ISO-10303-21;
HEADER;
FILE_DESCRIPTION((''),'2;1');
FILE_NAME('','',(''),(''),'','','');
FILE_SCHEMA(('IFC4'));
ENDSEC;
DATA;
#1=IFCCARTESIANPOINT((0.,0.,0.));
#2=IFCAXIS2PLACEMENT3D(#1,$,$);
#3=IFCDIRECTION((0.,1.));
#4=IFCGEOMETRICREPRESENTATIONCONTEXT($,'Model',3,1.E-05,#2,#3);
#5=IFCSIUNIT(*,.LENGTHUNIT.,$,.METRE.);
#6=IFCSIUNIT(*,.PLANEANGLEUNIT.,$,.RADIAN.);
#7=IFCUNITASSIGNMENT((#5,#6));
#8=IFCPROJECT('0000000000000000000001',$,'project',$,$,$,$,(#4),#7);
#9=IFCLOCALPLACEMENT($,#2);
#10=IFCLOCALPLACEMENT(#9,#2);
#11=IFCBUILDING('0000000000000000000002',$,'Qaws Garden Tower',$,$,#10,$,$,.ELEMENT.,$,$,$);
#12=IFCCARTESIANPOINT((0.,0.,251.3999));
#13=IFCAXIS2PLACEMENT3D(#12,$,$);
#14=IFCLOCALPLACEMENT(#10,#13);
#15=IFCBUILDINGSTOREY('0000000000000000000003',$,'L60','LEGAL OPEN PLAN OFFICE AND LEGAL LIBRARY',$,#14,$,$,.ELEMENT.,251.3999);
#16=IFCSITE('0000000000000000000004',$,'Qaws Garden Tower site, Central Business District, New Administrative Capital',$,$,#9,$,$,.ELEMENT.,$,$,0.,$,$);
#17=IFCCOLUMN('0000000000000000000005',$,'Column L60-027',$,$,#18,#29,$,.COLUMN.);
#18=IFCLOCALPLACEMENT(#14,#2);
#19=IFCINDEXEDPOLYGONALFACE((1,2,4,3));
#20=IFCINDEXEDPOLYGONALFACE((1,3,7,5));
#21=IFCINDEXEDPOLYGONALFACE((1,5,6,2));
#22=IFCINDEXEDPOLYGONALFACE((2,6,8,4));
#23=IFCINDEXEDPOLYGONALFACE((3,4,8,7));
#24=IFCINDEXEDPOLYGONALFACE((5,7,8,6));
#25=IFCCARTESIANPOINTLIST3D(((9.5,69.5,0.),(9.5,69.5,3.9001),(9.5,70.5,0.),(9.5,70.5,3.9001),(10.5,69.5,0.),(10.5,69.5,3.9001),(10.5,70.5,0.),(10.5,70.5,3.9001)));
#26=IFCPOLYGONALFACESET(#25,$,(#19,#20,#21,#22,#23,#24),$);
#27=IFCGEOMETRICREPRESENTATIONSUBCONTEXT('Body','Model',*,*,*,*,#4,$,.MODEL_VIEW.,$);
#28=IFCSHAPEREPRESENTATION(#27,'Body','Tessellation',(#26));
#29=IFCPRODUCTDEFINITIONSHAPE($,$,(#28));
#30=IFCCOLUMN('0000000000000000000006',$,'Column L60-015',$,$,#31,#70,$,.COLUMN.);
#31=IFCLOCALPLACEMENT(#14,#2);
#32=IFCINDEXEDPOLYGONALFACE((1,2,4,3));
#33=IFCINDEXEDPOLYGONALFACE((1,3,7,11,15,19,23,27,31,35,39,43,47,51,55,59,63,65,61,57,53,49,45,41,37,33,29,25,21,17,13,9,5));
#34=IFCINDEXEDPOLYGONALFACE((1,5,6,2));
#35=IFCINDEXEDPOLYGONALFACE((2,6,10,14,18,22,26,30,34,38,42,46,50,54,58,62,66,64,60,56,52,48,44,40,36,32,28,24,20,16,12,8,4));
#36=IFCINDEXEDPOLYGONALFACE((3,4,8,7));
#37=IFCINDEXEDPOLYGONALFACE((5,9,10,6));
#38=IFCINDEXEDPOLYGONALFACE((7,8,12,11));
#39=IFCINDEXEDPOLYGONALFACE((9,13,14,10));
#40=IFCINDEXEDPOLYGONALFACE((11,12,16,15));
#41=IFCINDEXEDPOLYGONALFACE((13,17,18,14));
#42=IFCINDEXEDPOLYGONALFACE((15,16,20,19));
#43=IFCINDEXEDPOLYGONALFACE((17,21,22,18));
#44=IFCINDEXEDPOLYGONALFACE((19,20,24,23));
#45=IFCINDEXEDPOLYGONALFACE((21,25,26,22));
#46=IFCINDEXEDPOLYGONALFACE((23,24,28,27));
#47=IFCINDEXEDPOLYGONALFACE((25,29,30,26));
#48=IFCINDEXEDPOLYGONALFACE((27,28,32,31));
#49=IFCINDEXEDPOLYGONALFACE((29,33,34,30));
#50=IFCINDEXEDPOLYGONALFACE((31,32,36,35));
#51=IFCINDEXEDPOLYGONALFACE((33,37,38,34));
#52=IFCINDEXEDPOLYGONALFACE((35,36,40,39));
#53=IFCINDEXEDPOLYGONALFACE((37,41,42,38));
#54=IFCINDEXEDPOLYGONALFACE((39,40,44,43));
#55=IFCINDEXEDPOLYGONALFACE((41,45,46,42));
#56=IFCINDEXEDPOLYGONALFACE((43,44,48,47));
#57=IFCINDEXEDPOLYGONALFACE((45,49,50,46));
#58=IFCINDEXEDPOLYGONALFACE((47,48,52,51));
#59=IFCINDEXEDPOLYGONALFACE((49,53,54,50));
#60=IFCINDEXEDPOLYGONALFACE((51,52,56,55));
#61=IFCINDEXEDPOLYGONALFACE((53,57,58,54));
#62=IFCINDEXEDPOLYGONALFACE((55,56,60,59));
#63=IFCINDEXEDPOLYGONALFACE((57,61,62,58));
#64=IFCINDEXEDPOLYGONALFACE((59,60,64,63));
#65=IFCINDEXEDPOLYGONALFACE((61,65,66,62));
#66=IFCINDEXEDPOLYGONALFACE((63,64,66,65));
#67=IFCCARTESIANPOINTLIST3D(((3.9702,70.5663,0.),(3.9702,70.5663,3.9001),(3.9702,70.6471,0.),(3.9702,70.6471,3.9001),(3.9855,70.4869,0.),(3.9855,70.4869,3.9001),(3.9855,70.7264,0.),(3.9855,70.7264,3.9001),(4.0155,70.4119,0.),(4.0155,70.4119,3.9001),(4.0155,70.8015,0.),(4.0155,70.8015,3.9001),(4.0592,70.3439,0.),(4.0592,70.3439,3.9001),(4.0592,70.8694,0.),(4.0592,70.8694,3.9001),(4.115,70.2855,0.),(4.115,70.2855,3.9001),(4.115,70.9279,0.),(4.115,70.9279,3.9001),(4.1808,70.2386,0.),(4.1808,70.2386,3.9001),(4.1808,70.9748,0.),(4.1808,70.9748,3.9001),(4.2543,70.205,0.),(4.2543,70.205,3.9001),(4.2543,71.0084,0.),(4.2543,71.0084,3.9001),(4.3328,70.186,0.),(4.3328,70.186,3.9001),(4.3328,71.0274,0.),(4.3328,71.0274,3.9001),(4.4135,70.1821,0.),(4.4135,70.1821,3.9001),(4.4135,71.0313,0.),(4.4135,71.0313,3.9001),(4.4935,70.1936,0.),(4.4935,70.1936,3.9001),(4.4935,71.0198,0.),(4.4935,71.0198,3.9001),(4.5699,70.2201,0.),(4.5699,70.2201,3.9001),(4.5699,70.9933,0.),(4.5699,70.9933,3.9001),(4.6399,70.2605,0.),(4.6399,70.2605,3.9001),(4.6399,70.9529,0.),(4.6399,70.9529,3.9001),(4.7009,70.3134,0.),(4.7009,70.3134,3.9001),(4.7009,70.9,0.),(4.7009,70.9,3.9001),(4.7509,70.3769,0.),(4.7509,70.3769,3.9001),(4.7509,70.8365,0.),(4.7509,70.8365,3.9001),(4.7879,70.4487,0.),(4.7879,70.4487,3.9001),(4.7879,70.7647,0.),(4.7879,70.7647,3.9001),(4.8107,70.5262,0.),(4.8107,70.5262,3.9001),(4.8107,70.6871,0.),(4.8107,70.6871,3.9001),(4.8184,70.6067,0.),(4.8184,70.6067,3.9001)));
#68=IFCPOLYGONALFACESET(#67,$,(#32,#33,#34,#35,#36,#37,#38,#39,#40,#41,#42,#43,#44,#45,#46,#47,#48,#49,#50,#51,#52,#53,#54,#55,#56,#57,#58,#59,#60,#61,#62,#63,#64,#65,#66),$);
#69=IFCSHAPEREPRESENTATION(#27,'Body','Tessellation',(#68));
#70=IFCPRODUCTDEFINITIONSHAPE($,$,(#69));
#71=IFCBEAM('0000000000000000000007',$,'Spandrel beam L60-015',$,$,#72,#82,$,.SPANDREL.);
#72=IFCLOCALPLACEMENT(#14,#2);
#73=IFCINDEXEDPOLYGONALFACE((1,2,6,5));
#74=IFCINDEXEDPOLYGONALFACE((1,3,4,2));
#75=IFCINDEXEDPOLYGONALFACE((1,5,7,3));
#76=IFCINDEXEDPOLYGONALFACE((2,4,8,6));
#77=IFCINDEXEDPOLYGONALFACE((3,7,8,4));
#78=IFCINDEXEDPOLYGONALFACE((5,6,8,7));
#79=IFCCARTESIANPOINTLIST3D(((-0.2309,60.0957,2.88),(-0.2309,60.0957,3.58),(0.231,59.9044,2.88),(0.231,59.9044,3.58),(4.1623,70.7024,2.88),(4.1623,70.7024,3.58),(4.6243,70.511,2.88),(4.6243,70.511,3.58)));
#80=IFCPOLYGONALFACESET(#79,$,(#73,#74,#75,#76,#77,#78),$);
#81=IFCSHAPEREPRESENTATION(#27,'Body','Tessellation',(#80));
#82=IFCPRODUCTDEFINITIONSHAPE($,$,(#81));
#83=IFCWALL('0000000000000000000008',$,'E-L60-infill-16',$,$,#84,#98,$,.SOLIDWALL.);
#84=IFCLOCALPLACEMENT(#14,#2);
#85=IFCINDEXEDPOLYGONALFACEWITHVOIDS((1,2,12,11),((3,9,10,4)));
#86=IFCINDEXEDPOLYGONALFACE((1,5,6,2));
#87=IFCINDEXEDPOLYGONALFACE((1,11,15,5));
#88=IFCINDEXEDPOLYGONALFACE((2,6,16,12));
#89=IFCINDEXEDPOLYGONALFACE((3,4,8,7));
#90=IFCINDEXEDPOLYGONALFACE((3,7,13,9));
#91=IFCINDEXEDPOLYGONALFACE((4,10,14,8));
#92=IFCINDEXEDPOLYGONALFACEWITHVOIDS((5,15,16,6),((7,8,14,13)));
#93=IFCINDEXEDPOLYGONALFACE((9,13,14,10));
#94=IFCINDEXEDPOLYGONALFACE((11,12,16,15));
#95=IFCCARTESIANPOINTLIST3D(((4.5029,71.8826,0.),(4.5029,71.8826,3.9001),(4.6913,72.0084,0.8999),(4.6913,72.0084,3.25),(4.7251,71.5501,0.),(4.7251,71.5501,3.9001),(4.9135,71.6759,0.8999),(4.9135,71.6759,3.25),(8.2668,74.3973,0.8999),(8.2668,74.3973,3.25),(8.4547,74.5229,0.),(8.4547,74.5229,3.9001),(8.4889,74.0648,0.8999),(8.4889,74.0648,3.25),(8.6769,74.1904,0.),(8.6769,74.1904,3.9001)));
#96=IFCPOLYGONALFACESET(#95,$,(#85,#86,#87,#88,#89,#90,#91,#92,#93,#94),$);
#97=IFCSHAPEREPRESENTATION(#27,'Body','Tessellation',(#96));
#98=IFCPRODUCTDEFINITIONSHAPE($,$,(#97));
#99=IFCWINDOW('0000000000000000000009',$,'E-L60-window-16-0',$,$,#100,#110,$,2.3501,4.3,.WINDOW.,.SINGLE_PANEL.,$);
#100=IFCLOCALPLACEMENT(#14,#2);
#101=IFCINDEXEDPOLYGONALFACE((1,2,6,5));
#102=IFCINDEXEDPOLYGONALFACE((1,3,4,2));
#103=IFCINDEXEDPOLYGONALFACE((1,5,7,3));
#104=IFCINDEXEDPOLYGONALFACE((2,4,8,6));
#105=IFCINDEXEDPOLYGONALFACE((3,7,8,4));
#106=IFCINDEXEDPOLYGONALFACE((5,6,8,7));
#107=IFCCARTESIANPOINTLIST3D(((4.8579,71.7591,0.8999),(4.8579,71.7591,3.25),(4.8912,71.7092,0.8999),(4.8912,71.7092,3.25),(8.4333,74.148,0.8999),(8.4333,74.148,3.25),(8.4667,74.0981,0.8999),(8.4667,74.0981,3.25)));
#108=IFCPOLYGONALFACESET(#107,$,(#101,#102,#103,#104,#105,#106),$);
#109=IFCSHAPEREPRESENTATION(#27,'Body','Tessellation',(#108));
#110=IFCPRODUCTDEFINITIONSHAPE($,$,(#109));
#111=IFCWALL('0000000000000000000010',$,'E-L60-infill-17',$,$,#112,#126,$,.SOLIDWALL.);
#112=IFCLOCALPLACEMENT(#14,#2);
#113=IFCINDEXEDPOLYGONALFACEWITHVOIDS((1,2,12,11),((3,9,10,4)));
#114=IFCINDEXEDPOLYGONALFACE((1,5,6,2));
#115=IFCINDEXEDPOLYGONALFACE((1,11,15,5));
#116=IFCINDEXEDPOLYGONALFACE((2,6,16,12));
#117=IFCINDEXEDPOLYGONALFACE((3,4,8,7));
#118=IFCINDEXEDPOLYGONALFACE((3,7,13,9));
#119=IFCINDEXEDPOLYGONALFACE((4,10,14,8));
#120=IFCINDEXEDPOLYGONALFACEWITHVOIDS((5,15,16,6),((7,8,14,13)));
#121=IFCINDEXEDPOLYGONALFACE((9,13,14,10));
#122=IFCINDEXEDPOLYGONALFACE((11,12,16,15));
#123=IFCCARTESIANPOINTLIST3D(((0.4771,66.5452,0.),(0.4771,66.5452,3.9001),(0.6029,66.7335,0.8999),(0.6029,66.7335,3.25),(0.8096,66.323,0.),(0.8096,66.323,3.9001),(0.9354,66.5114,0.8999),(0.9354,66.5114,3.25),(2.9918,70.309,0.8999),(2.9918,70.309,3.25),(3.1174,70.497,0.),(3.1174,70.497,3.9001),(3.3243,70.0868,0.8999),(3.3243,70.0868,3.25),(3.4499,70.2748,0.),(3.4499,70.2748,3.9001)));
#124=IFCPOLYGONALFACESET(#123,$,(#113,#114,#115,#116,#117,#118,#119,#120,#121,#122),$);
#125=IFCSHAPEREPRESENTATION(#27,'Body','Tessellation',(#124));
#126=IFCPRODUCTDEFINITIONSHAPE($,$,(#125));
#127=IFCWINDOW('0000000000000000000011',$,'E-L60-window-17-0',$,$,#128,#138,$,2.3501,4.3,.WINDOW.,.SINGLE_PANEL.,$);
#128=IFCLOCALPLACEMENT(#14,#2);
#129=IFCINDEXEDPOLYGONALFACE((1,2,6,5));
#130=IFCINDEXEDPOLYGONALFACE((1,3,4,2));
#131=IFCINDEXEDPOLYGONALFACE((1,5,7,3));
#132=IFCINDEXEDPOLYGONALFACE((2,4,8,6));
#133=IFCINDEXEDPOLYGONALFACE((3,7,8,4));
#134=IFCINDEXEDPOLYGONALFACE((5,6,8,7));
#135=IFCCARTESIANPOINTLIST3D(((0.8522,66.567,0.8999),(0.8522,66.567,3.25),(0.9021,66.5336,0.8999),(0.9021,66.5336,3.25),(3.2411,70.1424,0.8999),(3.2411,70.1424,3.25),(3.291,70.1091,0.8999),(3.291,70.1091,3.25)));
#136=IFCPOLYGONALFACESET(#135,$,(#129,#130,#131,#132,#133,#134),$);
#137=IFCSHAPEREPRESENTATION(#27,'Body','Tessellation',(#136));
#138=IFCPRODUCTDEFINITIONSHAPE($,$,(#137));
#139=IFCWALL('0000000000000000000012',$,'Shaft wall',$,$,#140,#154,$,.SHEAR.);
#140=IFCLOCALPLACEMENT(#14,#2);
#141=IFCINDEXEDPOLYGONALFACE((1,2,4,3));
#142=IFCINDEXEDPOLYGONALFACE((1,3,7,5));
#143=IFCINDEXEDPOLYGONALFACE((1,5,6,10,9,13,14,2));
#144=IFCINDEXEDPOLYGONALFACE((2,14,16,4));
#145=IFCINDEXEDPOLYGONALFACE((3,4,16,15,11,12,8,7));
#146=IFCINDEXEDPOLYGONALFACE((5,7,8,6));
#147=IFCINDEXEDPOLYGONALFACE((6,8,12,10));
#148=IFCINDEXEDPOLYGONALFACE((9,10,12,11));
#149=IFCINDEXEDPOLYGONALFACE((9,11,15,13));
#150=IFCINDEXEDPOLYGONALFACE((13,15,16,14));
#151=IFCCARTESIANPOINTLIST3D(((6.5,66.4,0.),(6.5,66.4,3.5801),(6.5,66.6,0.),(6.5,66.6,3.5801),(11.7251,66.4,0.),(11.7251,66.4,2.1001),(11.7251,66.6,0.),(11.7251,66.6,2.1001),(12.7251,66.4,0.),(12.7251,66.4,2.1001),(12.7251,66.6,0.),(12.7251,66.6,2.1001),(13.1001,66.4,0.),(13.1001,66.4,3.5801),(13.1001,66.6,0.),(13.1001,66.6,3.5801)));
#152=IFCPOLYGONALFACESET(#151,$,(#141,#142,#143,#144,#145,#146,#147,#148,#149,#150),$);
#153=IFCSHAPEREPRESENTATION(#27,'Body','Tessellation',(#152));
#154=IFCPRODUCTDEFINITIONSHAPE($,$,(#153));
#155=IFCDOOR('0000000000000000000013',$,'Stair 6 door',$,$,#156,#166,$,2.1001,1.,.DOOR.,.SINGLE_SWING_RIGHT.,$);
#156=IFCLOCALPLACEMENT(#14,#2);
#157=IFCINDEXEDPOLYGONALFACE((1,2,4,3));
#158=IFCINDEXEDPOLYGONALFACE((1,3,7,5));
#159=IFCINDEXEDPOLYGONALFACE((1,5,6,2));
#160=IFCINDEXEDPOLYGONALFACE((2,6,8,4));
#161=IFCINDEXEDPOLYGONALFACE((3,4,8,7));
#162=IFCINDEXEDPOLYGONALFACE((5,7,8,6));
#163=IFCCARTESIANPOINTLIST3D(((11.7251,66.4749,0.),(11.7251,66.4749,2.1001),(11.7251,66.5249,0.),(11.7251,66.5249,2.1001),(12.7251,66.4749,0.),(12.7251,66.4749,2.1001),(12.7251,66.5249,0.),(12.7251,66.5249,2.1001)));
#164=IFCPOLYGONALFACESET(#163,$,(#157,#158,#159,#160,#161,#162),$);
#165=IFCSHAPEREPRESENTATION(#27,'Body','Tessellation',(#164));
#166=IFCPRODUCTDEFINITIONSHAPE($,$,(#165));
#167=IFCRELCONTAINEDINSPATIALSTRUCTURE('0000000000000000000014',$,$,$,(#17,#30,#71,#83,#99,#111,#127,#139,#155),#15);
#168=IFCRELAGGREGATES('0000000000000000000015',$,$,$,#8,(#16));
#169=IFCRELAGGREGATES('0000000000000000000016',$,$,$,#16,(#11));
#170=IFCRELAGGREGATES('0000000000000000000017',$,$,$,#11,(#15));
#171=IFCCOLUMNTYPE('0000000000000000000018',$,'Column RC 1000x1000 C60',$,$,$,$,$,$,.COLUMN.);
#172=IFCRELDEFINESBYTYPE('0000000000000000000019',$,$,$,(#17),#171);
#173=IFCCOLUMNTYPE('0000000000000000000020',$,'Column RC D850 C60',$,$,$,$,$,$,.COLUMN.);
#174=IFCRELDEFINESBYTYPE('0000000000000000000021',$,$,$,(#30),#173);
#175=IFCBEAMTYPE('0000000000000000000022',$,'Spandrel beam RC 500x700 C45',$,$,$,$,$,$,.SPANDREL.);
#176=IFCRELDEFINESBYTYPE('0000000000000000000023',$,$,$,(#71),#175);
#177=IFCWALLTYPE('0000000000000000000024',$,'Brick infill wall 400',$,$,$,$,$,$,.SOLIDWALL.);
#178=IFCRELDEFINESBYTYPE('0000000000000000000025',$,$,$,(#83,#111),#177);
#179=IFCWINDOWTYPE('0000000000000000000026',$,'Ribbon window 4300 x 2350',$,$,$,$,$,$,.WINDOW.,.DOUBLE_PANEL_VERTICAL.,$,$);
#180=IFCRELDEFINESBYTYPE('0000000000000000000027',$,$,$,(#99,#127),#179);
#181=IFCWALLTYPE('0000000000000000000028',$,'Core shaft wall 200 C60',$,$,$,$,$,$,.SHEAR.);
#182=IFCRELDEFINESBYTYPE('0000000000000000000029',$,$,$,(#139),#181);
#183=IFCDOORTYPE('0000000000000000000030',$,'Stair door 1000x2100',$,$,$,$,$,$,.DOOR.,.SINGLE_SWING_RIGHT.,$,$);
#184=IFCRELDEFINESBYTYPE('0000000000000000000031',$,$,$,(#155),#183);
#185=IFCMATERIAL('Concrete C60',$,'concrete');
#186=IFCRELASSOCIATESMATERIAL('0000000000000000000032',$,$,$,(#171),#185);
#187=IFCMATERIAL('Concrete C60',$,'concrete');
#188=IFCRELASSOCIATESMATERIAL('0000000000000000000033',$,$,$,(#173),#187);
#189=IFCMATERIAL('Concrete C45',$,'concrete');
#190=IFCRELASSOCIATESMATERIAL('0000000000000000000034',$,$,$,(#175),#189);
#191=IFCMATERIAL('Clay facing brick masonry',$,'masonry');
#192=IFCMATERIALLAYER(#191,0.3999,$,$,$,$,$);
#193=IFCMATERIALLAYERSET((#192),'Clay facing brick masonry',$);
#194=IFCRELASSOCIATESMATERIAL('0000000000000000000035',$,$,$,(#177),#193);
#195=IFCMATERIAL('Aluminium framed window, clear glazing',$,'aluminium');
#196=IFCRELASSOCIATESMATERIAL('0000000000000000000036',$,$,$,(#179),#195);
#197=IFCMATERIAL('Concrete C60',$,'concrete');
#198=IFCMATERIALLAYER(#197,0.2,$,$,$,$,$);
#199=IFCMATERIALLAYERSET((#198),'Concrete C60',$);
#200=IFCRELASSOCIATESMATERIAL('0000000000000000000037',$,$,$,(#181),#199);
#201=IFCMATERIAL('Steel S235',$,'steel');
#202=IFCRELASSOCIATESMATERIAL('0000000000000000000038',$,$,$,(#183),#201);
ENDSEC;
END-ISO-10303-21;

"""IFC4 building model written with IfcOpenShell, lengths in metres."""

from ifc_helpers import new_model, si_unit, direction, frame, frame_2d, origin, origin_2d, place, context, subcontext, project, spatial, rectangle, circle, extrude, material, layer, layer_set, material_profile, profile_set, type_object, element, fill, save


model = new_model("IFC4")

# Units and contexts
model_context = context("Model", 3, precision=1e-05, world=origin(), true_north=direction((0.0, 1.0)))
body_context = subcontext(model_context, "Body", "Model", "MODEL_VIEW")
ifc_project = project(units=[si_unit("LENGTHUNIT", "METRE"), si_unit("PLANEANGLEUNIT", "RADIAN")], contexts=[model_context])

# Site, building, storey
site_placement = place(None, origin())
site = spatial("IfcSite", under=ifc_project, at=site_placement, Name="Qaws Garden Tower site, Central Business District, New Administrative Capital", CompositionType="ELEMENT", RefElevation=0.0)
building_placement = place(site_placement, origin())
building = spatial("IfcBuilding", under=site, at=building_placement, Name="Qaws Garden Tower", CompositionType="ELEMENT")
storey_placement = place(building_placement, frame((0.0, 0.0, 251.3999)))
storey = spatial("IfcBuildingStorey", under=building, at=storey_placement, Name="L60", Description="LEGAL OPEN PLAN OFFICE AND LEGAL LIBRARY", CompositionType="ELEMENT", Elevation=251.3999)

# Columns
ifc_material_1 = material(Name="Concrete C60", Category="concrete")
ifc_material_profile_1 = material_profile(ifc_material_1, rectangle(XDim=1.0, YDim=1.0, at=origin_2d()), Name="RC 1000x1000")
ifc_profile_set_1 = profile_set([ifc_material_profile_1], Name="Concrete C60")
column_type_1 = type_object("IfcColumnType", Name="Column RC 1000x1000 C60", PredefinedType="COLUMN", material=ifc_profile_set_1)
column_1_placement = place(storey_placement, frame((10.0, 70.0, 0.0), z_axis=(0.0, 0.0, 1.0), x_axis=(1.0, 0.0, 0.0)))
element("IfcColumn", 1, at=column_1_placement, inside=storey, type_object=column_type_1, Name="Column L60-027", PredefinedType="COLUMN", context=body_context, shape_type="SweptSolid", body=[
    extrude(rectangle(XDim=1.0, YDim=1.0, at=origin_2d()), origin(), (0.0, 0.0, 1.0), 3.9001),
])
ifc_material_2 = material(Name="Concrete C60", Category="concrete")
ifc_material_profile_2 = material_profile(ifc_material_2, circle(Radius=0.425, at=origin_2d()), Name="RC D850")
ifc_profile_set_2 = profile_set([ifc_material_profile_2], Name="Concrete C60")
column_type_2 = type_object("IfcColumnType", Name="Column RC D850 C60", PredefinedType="COLUMN", material=ifc_profile_set_2)
column_2_placement = place(storey_placement, frame((4.3933, 70.6067, 0.0), z_axis=(0.0, 0.0, 1.0), x_axis=(1.0, 0.0, 0.0)))
element("IfcColumn", 2, at=column_2_placement, inside=storey, type_object=column_type_2, Name="Column L60-015", PredefinedType="COLUMN", context=body_context, shape_type="SweptSolid", body=[
    extrude(circle(Radius=0.425, at=origin_2d()), origin(), (0.0, 0.0, 1.0), 3.9001),
])

# Beam
ifc_material_3 = material(Name="Concrete C45", Category="concrete")
ifc_material_profile_3 = material_profile(ifc_material_3, rectangle(XDim=0.5, YDim=0.7, at=origin_2d()), Name="RC 500x700")
ifc_profile_set_3 = profile_set([ifc_material_profile_3], Name="Concrete C45")
beam_type = type_object("IfcBeamType", Name="Spandrel beam RC 500x700 C45", PredefinedType="SPANDREL", material=ifc_profile_set_3)
beam_placement = place(storey_placement, frame((4.3933, 70.6067, 3.23), z_axis=(-0.382674, -0.923883, 0.0), x_axis=(0.923883, -0.382674, 0.0)))
element("IfcBeam", 3, at=beam_placement, inside=storey, type_object=beam_type, Name="Spandrel beam L60-015", PredefinedType="SPANDREL", context=body_context, shape_type="SweptSolid", body=[
    extrude(rectangle(XDim=0.5, YDim=0.7, at=origin_2d()), origin(), (0.0, 0.0, 1.0), 11.4805),
])

# Walls, openings, windows
ifc_material_4 = material(Name="Clay facing brick masonry", Category="masonry")
ifc_layer_1 = layer(ifc_material_4, 0.3999)
ifc_layer_set_1 = layer_set([ifc_layer_1], Name="Clay facing brick masonry")
wall_type_1 = type_object("IfcWallType", Name="Brick infill wall 400", PredefinedType="SOLIDWALL", material=ifc_layer_set_1)
wall_1_placement = place(storey_placement, frame((8.5659, 74.3567, 0.0), z_axis=(0.0, 0.0, 1.0), x_axis=(-0.831489, -0.555542, 0.0)))
wall_1 = element("IfcWall", 4, at=wall_1_placement, inside=storey, type_object=wall_type_1, Name="E-L60-infill-16", PredefinedType="SOLIDWALL", context=body_context, shape_type="SweptSolid", body=[
    extrude(rectangle(XDim=4.7527, YDim=0.3999, at=frame_2d((2.3765, 0.0))), origin(), (0.0, 0.0, 1.0), 3.9001),
])
opening_1_placement = place(wall_1_placement, frame((0.2263, 0.0, 0.8999)))
opening_1 = element("IfcOpeningElement", 5, at=opening_1_placement, cuts=wall_1, PredefinedType="OPENING", context=body_context, shape_type="SweptSolid", body=[
    extrude(rectangle(XDim=4.3, YDim=2.3501, at=frame_2d((2.1499, 1.175))), frame((0.0, 0.21, 0.0), z_axis=(0.0, -1.0, 0.0), x_axis=(1.0, 0.0, 0.0)), (0.0, 0.0, 1.0), 0.4199),
])
ifc_material_5 = material(Name="Aluminium framed window, clear glazing", Category="aluminium")
window_type = type_object("IfcWindowType", Name="Ribbon window 4300 x 2350", PartitioningType="DOUBLE_PANEL_VERTICAL", PredefinedType="WINDOW", material=ifc_material_5)
window_1_placement = place(opening_1_placement, origin())
window_1 = element("IfcWindow", 6, at=window_1_placement, inside=storey, type_object=window_type, Name="E-L60-window-16-0", OverallHeight=2.3501, OverallWidth=4.3, PartitioningType="SINGLE_PANEL", PredefinedType="WINDOW", context=body_context, shape_type="SweptSolid", body=[
    extrude(rectangle(XDim=4.3, YDim=2.3501, at=frame_2d((2.1499, 1.175))), frame((0.0, 0.1599, 0.0), z_axis=(0.0, -1.0, 0.0), x_axis=(1.0, 0.0, 0.0)), (0.0, 0.0, 1.0), 0.0601),
])
fill(opening_1, window_1)
wall_2_placement = place(storey_placement, frame((3.2837, 70.386, 0.0), z_axis=(0.0, 0.0, 1.0), x_axis=(-0.555542, -0.831489, 0.0)))
wall_2 = element("IfcWall", 7, at=wall_2_placement, inside=storey, type_object=wall_type_1, Name="E-L60-infill-17", PredefinedType="SOLIDWALL", context=body_context, shape_type="SweptSolid", body=[
    extrude(rectangle(XDim=4.7527, YDim=0.3999, at=frame_2d((2.3765, 0.0))), origin(), (0.0, 0.0, 1.0), 3.9001),
])
opening_2_placement = place(wall_2_placement, frame((0.2263, 0.0, 0.8999)))
opening_2 = element("IfcOpeningElement", 8, at=opening_2_placement, cuts=wall_2, PredefinedType="OPENING", context=body_context, shape_type="SweptSolid", body=[
    extrude(rectangle(XDim=4.3, YDim=2.3501, at=frame_2d((2.1499, 1.175))), frame((0.0, 0.21, 0.0), z_axis=(0.0, -1.0, 0.0), x_axis=(1.0, 0.0, 0.0)), (0.0, 0.0, 1.0), 0.4199),
])
window_2_placement = place(opening_2_placement, origin())
window_2 = element("IfcWindow", 9, at=window_2_placement, inside=storey, type_object=window_type, Name="E-L60-window-17-0", OverallHeight=2.3501, OverallWidth=4.3, PartitioningType="SINGLE_PANEL", PredefinedType="WINDOW", context=body_context, shape_type="SweptSolid", body=[
    extrude(rectangle(XDim=4.3, YDim=2.3501, at=frame_2d((2.1499, 1.175))), frame((0.0, 0.1599, 0.0), z_axis=(0.0, -1.0, 0.0), x_axis=(1.0, 0.0, 0.0)), (0.0, 0.0, 1.0), 0.0601),
])
fill(opening_2, window_2)

# Wall, opening, door
ifc_material_6 = material(Name="Concrete C60", Category="concrete")
ifc_layer_2 = layer(ifc_material_6, 0.2)
ifc_layer_set_2 = layer_set([ifc_layer_2], Name="Concrete C60")
wall_type_2 = type_object("IfcWallType", Name="Core shaft wall 200 C60", PredefinedType="SHEAR", material=ifc_layer_set_2)
wall_3_placement = place(storey_placement, frame((6.5, 66.5, 0.0), z_axis=(0.0, 0.0, 1.0), x_axis=(1.0, 0.0, 0.0)))
wall_3 = element("IfcWall", 10, at=wall_3_placement, inside=storey, type_object=wall_type_2, Name="Shaft wall", PredefinedType="SHEAR", context=body_context, shape_type="SweptSolid", body=[
    extrude(rectangle(XDim=6.6001, YDim=0.2, at=frame_2d((3.3, 0.0))), origin(), (0.0, 0.0, 1.0), 3.5801),
])
opening_3_placement = place(wall_3_placement, frame((5.2251, 0.0, 0.0)))
opening_3 = element("IfcOpeningElement", 11, at=opening_3_placement, cuts=wall_3, PredefinedType="OPENING", context=body_context, shape_type="SweptSolid", body=[
    extrude(rectangle(XDim=1.0, YDim=2.1001, at=frame_2d((0.5, 1.05))), frame((0.0, 0.1099, 0.0), z_axis=(0.0, -1.0, 0.0), x_axis=(1.0, 0.0, 0.0)), (0.0, 0.0, 1.0), 0.22),
])
ifc_material_7 = material(Name="Steel S235", Category="steel")
door_type_1 = type_object("IfcDoorType", Name="Stair door 1000x2100", OperationType="SINGLE_SWING_RIGHT", PredefinedType="DOOR", material=ifc_material_7)
door_1_placement = place(opening_3_placement, origin())
door_1 = element("IfcDoor", 12, at=door_1_placement, inside=storey, type_object=door_type_1, Name="Stair 6 door", OperationType="SINGLE_SWING_RIGHT", OverallHeight=2.1001, OverallWidth=1.0, PredefinedType="DOOR", context=body_context, shape_type="SweptSolid", body=[
    extrude(rectangle(XDim=1.0, YDim=2.1001, at=frame_2d((0.5, 1.05))), frame((0.0, 0.0249, 0.0), z_axis=(0.0, -1.0, 0.0), x_axis=(1.0, 0.0, 0.0)), (0.0, 0.0, 1.0), 0.05),
])
fill(opening_3, door_1)

save(model, "model.ifc")
